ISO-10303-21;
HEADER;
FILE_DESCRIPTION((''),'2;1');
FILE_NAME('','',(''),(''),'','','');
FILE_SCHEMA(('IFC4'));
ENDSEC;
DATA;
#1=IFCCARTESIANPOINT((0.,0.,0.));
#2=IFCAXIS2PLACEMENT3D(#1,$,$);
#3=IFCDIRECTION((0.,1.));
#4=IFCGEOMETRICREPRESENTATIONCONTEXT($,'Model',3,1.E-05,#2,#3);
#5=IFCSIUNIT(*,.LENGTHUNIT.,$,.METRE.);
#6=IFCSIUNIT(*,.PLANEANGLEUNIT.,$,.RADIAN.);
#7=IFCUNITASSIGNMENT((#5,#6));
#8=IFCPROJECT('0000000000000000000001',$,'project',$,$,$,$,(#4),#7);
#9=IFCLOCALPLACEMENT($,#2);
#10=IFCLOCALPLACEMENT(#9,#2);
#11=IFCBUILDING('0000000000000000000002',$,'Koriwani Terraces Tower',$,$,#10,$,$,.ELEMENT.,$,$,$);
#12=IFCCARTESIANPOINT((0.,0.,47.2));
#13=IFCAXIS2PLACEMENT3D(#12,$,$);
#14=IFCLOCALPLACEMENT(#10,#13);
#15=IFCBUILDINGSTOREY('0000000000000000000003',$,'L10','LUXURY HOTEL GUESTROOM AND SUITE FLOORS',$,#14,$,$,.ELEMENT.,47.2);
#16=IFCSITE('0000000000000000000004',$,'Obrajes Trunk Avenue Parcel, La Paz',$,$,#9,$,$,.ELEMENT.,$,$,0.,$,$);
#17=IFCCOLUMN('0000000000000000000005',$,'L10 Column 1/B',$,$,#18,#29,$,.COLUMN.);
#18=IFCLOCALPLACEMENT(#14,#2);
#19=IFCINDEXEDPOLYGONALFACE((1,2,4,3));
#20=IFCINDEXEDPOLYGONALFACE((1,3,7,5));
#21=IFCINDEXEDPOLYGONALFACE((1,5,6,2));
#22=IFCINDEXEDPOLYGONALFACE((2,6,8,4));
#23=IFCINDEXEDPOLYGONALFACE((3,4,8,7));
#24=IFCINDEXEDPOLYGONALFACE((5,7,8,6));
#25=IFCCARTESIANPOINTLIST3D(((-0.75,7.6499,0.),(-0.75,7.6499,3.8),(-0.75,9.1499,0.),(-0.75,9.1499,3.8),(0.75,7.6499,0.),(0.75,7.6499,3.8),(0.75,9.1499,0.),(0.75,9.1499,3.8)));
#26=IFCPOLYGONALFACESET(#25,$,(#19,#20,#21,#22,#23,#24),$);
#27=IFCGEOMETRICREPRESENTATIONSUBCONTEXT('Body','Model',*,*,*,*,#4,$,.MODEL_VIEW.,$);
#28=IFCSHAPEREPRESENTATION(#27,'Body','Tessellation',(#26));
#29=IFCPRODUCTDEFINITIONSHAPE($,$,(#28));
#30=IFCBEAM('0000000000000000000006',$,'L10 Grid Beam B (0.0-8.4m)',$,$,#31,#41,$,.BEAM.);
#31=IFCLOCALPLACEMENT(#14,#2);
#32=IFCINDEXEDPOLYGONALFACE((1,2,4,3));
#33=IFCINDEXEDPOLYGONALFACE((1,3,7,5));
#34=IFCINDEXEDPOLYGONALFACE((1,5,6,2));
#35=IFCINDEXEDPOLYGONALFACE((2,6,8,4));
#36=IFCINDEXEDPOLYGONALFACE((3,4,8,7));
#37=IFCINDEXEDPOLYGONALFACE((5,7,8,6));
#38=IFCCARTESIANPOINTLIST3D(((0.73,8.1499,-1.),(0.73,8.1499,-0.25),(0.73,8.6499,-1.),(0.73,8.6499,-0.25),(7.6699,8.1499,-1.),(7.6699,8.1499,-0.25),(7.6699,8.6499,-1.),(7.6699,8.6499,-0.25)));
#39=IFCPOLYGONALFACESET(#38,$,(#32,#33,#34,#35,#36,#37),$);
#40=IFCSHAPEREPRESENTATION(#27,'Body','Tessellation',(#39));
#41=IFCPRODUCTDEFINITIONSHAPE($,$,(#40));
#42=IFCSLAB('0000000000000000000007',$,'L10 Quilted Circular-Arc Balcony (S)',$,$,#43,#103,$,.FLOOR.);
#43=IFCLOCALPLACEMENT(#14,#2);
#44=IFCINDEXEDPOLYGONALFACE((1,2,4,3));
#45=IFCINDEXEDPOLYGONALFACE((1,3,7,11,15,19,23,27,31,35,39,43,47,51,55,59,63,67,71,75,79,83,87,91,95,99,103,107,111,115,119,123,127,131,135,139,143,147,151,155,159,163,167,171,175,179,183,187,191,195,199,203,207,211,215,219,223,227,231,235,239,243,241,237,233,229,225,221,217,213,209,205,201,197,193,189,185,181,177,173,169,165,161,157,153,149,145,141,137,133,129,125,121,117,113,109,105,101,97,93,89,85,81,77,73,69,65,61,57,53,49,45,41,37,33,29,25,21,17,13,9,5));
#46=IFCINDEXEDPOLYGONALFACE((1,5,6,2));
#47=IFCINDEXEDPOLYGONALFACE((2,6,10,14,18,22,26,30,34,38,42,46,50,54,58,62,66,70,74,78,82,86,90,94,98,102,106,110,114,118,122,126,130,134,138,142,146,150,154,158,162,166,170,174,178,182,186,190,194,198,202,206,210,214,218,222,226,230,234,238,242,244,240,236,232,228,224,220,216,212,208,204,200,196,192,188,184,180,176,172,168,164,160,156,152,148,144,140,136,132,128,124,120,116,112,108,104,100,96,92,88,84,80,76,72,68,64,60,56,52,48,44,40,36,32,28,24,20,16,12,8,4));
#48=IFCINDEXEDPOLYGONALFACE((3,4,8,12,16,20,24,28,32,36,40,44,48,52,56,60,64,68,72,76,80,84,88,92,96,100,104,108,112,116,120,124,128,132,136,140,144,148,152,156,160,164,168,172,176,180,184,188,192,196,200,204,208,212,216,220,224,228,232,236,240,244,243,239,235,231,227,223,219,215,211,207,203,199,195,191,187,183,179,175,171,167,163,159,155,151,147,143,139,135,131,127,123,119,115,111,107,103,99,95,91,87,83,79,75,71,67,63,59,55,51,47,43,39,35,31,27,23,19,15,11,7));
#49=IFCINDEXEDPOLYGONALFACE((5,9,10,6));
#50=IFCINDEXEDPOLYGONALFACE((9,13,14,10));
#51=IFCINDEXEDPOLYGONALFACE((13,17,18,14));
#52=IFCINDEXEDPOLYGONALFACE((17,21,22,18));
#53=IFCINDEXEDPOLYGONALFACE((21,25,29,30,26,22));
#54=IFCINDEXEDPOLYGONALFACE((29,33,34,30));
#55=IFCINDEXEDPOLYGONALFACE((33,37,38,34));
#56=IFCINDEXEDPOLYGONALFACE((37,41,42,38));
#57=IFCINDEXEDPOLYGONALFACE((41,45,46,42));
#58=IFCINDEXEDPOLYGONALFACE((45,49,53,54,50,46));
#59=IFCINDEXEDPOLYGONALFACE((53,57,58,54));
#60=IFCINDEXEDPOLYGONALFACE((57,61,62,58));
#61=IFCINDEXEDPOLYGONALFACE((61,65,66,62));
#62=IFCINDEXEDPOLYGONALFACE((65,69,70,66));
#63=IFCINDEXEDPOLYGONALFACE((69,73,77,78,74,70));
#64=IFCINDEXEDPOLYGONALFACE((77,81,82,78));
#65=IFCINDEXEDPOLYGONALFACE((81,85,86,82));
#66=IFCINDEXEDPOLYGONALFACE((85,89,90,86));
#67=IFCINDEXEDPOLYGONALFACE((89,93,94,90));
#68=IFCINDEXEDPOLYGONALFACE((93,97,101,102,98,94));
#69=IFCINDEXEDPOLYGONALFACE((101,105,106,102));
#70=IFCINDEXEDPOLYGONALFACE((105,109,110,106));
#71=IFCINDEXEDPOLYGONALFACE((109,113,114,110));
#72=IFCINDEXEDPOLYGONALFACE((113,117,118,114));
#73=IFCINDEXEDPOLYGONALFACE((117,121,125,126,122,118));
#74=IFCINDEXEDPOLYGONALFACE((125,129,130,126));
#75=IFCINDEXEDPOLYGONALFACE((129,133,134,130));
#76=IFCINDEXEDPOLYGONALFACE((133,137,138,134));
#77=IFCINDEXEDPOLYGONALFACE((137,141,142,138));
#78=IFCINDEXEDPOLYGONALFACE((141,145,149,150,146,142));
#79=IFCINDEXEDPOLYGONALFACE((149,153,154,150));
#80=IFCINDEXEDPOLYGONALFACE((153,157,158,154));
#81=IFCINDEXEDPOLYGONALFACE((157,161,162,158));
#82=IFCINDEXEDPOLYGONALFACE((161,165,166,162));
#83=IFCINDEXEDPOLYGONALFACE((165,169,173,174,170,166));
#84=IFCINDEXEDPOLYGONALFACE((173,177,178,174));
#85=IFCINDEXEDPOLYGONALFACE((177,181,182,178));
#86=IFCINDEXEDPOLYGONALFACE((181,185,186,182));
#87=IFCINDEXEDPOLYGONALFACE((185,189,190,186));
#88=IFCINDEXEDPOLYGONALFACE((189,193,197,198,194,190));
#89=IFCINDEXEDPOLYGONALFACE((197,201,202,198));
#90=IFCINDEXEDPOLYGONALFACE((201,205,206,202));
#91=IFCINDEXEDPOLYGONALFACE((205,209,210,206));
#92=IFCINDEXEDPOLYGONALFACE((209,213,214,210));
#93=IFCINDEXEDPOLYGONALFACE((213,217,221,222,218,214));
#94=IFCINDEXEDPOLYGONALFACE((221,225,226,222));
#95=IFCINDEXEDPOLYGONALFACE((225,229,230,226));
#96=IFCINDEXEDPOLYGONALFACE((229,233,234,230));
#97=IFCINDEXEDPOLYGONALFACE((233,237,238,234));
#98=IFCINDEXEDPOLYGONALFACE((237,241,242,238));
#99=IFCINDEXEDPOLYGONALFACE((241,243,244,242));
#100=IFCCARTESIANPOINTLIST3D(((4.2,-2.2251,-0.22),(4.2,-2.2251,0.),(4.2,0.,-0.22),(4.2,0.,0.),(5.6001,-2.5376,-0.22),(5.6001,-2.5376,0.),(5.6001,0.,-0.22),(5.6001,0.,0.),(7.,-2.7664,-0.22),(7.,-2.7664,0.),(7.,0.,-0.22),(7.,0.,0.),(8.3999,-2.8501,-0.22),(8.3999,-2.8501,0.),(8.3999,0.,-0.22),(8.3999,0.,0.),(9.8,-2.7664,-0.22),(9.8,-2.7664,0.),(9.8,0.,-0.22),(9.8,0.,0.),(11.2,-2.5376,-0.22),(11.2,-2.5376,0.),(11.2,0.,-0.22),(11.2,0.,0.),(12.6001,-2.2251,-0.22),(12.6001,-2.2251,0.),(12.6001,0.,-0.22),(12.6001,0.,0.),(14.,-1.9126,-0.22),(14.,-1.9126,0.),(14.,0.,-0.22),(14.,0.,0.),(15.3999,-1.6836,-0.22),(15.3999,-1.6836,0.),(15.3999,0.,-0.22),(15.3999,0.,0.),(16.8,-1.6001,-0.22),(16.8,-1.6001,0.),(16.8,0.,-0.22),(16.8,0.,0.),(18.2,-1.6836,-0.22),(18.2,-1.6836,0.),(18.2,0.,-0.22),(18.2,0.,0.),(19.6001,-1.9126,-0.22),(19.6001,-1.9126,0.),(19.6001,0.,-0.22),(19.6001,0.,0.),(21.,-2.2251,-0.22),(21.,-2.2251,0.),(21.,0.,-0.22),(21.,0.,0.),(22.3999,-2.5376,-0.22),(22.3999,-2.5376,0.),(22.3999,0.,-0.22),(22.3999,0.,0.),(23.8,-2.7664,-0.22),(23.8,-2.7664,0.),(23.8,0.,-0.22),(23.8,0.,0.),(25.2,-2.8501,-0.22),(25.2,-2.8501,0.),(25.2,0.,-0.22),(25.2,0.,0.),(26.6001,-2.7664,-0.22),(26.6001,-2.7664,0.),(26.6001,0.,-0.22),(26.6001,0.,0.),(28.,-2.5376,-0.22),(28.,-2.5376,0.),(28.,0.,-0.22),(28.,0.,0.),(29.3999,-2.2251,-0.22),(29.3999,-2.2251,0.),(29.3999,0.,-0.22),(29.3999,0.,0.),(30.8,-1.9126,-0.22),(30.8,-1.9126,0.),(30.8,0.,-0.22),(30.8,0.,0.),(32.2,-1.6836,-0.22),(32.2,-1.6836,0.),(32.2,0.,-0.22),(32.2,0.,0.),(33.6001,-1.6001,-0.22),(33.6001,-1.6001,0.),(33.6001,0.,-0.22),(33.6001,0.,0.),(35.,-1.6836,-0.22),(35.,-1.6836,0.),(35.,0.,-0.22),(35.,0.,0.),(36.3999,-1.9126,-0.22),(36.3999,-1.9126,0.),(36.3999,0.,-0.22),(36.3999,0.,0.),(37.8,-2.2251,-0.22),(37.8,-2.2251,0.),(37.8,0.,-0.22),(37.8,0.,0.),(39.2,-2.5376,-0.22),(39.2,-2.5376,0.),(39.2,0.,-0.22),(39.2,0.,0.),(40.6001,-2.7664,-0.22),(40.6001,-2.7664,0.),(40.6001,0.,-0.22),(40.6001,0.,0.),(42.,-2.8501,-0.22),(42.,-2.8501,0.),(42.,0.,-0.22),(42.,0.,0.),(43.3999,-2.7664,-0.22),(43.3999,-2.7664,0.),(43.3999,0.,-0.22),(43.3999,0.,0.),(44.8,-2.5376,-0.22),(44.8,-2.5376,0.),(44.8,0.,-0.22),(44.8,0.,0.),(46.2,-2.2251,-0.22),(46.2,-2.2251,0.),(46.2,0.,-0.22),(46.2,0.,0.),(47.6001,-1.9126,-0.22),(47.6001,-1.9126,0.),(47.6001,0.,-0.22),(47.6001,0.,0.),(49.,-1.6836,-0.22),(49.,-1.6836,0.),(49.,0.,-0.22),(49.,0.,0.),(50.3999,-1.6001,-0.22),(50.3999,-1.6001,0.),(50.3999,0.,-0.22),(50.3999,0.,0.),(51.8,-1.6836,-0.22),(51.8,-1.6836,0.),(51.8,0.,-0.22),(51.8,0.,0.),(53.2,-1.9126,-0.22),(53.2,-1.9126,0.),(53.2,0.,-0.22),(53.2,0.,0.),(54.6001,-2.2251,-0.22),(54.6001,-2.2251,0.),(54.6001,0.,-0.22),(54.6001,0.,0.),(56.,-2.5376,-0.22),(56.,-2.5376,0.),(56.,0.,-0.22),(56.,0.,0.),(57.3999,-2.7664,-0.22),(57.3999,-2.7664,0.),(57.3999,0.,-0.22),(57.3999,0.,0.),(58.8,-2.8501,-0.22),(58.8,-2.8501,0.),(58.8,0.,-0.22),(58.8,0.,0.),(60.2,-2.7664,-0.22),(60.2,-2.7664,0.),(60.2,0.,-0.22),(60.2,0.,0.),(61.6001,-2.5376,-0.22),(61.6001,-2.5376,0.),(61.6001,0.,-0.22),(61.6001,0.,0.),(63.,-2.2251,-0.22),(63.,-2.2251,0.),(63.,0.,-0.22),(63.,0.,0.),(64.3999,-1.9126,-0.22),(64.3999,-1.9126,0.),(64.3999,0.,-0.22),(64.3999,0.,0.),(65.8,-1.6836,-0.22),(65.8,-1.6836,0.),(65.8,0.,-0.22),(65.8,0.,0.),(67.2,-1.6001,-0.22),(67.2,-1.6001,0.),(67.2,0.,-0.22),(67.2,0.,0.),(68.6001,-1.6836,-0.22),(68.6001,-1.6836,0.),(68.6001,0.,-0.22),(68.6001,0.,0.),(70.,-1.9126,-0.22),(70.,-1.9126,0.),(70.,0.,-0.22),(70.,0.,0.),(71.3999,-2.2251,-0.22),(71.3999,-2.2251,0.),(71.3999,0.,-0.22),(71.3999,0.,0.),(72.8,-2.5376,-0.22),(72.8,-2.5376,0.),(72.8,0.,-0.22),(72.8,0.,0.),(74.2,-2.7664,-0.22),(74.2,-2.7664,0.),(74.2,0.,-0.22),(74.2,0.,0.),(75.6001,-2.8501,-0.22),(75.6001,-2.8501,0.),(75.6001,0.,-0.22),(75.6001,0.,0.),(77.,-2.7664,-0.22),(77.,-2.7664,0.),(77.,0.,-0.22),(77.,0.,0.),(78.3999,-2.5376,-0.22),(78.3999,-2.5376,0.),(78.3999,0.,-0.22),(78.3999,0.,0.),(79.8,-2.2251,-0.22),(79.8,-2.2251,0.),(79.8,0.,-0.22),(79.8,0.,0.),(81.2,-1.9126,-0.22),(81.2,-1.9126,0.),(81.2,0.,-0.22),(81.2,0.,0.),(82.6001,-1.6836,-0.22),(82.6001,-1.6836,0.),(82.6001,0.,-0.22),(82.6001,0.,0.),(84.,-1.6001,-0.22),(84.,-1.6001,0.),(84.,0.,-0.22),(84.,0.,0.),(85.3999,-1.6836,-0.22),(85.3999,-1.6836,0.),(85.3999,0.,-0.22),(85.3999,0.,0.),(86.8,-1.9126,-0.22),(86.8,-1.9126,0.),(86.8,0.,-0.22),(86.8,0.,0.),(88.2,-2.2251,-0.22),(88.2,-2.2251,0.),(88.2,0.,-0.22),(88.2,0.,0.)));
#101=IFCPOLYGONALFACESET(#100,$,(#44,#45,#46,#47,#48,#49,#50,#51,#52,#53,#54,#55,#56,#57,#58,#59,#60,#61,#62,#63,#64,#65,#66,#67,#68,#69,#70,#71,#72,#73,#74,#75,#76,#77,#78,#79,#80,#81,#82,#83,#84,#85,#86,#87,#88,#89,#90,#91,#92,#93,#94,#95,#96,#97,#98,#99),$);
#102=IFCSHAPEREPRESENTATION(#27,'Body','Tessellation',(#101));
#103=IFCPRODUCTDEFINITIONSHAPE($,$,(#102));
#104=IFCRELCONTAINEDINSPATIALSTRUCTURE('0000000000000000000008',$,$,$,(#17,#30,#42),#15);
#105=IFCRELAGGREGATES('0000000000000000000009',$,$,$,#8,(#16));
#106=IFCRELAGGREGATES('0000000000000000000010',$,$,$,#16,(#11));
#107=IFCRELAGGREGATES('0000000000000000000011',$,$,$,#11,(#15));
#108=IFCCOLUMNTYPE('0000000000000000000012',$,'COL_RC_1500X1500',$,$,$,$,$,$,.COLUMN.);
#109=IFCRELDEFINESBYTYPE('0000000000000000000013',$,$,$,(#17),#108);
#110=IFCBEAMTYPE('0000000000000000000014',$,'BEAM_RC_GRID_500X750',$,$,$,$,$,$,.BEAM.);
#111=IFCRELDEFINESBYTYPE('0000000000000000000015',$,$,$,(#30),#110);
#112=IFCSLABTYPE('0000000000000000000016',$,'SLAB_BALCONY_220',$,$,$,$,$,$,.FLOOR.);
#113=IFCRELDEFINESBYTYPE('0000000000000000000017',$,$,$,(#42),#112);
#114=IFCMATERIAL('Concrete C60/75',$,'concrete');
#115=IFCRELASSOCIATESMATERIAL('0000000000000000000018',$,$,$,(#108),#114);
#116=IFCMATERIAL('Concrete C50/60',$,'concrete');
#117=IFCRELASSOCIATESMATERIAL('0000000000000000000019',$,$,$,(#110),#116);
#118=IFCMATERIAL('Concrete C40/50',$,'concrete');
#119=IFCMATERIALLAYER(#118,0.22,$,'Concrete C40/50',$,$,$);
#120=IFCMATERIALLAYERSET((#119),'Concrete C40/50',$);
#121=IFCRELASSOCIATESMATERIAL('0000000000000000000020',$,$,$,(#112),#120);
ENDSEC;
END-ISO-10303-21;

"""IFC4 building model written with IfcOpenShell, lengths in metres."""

from ifc_helpers import new_model, si_unit, direction, frame, origin, origin_2d, place, context, subcontext, project, spatial, polyline, rectangle, outline, extrude, material, layer, layer_set, material_profile, profile_set, type_object, element, save


model = new_model("IFC4")

# Units and contexts
model_context = context("Model", 3, precision=1e-05, world=origin(), true_north=direction((0.0, 1.0)))
body_context = subcontext(model_context, "Body", "Model", "MODEL_VIEW")
ifc_project = project(units=[si_unit("LENGTHUNIT", "METRE"), si_unit("PLANEANGLEUNIT", "RADIAN")], contexts=[model_context])

# Site, building, storey
site_placement = place(None, origin())
site = spatial("IfcSite", under=ifc_project, at=site_placement, Name="Obrajes Trunk Avenue Parcel, La Paz", CompositionType="ELEMENT", RefElevation=0.0)
building_placement = place(site_placement, origin())
building = spatial("IfcBuilding", under=site, at=building_placement, Name="Koriwani Terraces Tower", CompositionType="ELEMENT")
storey_placement = place(building_placement, frame((0.0, 0.0, 47.2)))
storey = spatial("IfcBuildingStorey", under=building, at=storey_placement, Name="L10", Description="LUXURY HOTEL GUESTROOM AND SUITE FLOORS", CompositionType="ELEMENT", Elevation=47.2)

# Column
ifc_material_1 = material(Name="Concrete C60/75", Category="concrete")
ifc_material_profile_1 = material_profile(ifc_material_1, rectangle(XDim=1.5, YDim=1.5, at=origin_2d()), Name="Concrete C60/75", Category="LoadBearing")
ifc_profile_set_1 = profile_set([ifc_material_profile_1], Name="Concrete C60/75")
column_type = type_object("IfcColumnType", Name="COL_RC_1500X1500", PredefinedType="COLUMN", material=ifc_profile_set_1)
column_placement = place(storey_placement, frame((0.0, 8.3999, 0.0), z_axis=(0.0, 0.0, 1.0), x_axis=(1.0, 0.0, 0.0)))
element("IfcColumn", 1, at=column_placement, inside=storey, type_object=column_type, Name="L10 Column 1/B", PredefinedType="COLUMN", context=body_context, shape_type="SweptSolid", body=[
    extrude(rectangle(XDim=1.5, YDim=1.5, at=origin_2d()), origin(), (0.0, 0.0, 1.0), 3.8),
])

# Beam
ifc_material_2 = material(Name="Concrete C50/60", Category="concrete")
ifc_material_profile_2 = material_profile(ifc_material_2, rectangle(XDim=0.5, YDim=0.75, at=origin_2d()), Name="Concrete C50/60", Category="LoadBearing")
ifc_profile_set_2 = profile_set([ifc_material_profile_2], Name="Concrete C50/60")
beam_type = type_object("IfcBeamType", Name="BEAM_RC_GRID_500X750", PredefinedType="BEAM", material=ifc_profile_set_2)
beam_placement = place(storey_placement, frame((0.73, 8.3999, -0.625), z_axis=(1.0, 0.0, 0.0), x_axis=(0.0, 1.0, 0.0)))
element("IfcBeam", 2, at=beam_placement, inside=storey, type_object=beam_type, Name="L10 Grid Beam B (0.0-8.4m)", PredefinedType="BEAM", context=body_context, shape_type="SweptSolid", body=[
    extrude(rectangle(XDim=0.5, YDim=0.75, at=origin_2d()), origin(), (0.0, 0.0, 1.0), 6.9399),
])

# Slab
ifc_material_3 = material(Name="Concrete C40/50", Category="concrete")
ifc_layer_1 = layer(ifc_material_3, 0.22, Name="Concrete C40/50")
ifc_layer_set_1 = layer_set([ifc_layer_1], Name="Concrete C40/50")
slab_type_1 = type_object("IfcSlabType", Name="SLAB_BALCONY_220", PredefinedType="FLOOR", material=ifc_layer_set_1)
slab_1_placement = place(storey_placement, frame((0.0, 0.0, -0.22)))
element("IfcSlab", 3, at=slab_1_placement, inside=storey, type_object=slab_type_1, Name="L10 Quilted Circular-Arc Balcony (S)", PredefinedType="FLOOR", context=body_context, shape_type="SweptSolid", body=[
    extrude(outline(polyline([(4.2, 0.0), (5.6001, 0.0), (7.0, 0.0), (8.3999, 0.0), (9.8, 0.0), (11.2, 0.0), (12.6001, 0.0), (14.0, 0.0), (15.3999, 0.0), (16.8, 0.0), (18.2, 0.0), (19.6001, 0.0), (21.0, 0.0), (22.3999, 0.0), (23.8, 0.0), (25.2, 0.0), (26.6001, 0.0), (28.0, 0.0), (29.3999, 0.0), (30.8, 0.0), (32.2, 0.0), (33.6001, 0.0), (35.0, 0.0), (36.3999, 0.0), (37.8, 0.0), (39.2, 0.0), (40.6001, 0.0), (42.0, 0.0), (43.3999, 0.0), (44.8, 0.0), (46.2, 0.0), (47.6001, 0.0), (49.0, 0.0), (50.3999, 0.0), (51.8, 0.0), (53.2, 0.0), (54.6001, 0.0), (56.0, 0.0), (57.3999, 0.0), (58.8, 0.0), (60.2, 0.0), (61.6001, 0.0), (63.0, 0.0), (64.3999, 0.0), (65.8, 0.0), (67.2, 0.0), (68.6001, 0.0), (70.0, 0.0), (71.3999, 0.0), (72.8, 0.0), (74.2, 0.0), (75.6001, 0.0), (77.0, 0.0), (78.3999, 0.0), (79.8, 0.0), (81.2, 0.0), (82.6001, 0.0), (84.0, 0.0), (85.3999, 0.0), (86.8, 0.0), (88.2, 0.0), (88.2, -2.2251), (86.8, -1.9126), (85.3999, -1.6836), (84.0, -1.6001), (82.6001, -1.6836), (81.2, -1.9126), (79.8, -2.2251), (78.3999, -2.5376), (77.0, -2.7664), (75.6001, -2.8501), (74.2, -2.7664), (72.8, -2.5376), (71.3999, -2.2251), (70.0, -1.9126), (68.6001, -1.6836), (67.2, -1.6001), (65.8, -1.6836), (64.3999, -1.9126), (63.0, -2.2251), (61.6001, -2.5376), (60.2, -2.7664), (58.8, -2.8501), (57.3999, -2.7664), (56.0, -2.5376), (54.6001, -2.2251), (53.2, -1.9126), (51.8, -1.6836), (50.3999, -1.6001), (49.0, -1.6836), (47.6001, -1.9126), (46.2, -2.2251), (44.8, -2.5376), (43.3999, -2.7664), (42.0, -2.8501), (40.6001, -2.7664), (39.2, -2.5376), (37.8, -2.2251), (36.3999, -1.9126), (35.0, -1.6836), (33.6001, -1.6001), (32.2, -1.6836), (30.8, -1.9126), (29.3999, -2.2251), (28.0, -2.5376), (26.6001, -2.7664), (25.2, -2.8501), (23.8, -2.7664), (22.3999, -2.5376), (21.0, -2.2251), (19.6001, -1.9126), (18.2, -1.6836), (16.8, -1.6001), (15.3999, -1.6836), (14.0, -1.9126), (12.6001, -2.2251), (11.2, -2.5376), (9.8, -2.7664), (8.3999, -2.8501), (7.0, -2.7664), (5.6001, -2.5376), (4.2, -2.2251), (4.2, 0.0)])), origin(), (0.0, 0.0, 1.0), 0.22),
])

save(model, "model.ifc")
